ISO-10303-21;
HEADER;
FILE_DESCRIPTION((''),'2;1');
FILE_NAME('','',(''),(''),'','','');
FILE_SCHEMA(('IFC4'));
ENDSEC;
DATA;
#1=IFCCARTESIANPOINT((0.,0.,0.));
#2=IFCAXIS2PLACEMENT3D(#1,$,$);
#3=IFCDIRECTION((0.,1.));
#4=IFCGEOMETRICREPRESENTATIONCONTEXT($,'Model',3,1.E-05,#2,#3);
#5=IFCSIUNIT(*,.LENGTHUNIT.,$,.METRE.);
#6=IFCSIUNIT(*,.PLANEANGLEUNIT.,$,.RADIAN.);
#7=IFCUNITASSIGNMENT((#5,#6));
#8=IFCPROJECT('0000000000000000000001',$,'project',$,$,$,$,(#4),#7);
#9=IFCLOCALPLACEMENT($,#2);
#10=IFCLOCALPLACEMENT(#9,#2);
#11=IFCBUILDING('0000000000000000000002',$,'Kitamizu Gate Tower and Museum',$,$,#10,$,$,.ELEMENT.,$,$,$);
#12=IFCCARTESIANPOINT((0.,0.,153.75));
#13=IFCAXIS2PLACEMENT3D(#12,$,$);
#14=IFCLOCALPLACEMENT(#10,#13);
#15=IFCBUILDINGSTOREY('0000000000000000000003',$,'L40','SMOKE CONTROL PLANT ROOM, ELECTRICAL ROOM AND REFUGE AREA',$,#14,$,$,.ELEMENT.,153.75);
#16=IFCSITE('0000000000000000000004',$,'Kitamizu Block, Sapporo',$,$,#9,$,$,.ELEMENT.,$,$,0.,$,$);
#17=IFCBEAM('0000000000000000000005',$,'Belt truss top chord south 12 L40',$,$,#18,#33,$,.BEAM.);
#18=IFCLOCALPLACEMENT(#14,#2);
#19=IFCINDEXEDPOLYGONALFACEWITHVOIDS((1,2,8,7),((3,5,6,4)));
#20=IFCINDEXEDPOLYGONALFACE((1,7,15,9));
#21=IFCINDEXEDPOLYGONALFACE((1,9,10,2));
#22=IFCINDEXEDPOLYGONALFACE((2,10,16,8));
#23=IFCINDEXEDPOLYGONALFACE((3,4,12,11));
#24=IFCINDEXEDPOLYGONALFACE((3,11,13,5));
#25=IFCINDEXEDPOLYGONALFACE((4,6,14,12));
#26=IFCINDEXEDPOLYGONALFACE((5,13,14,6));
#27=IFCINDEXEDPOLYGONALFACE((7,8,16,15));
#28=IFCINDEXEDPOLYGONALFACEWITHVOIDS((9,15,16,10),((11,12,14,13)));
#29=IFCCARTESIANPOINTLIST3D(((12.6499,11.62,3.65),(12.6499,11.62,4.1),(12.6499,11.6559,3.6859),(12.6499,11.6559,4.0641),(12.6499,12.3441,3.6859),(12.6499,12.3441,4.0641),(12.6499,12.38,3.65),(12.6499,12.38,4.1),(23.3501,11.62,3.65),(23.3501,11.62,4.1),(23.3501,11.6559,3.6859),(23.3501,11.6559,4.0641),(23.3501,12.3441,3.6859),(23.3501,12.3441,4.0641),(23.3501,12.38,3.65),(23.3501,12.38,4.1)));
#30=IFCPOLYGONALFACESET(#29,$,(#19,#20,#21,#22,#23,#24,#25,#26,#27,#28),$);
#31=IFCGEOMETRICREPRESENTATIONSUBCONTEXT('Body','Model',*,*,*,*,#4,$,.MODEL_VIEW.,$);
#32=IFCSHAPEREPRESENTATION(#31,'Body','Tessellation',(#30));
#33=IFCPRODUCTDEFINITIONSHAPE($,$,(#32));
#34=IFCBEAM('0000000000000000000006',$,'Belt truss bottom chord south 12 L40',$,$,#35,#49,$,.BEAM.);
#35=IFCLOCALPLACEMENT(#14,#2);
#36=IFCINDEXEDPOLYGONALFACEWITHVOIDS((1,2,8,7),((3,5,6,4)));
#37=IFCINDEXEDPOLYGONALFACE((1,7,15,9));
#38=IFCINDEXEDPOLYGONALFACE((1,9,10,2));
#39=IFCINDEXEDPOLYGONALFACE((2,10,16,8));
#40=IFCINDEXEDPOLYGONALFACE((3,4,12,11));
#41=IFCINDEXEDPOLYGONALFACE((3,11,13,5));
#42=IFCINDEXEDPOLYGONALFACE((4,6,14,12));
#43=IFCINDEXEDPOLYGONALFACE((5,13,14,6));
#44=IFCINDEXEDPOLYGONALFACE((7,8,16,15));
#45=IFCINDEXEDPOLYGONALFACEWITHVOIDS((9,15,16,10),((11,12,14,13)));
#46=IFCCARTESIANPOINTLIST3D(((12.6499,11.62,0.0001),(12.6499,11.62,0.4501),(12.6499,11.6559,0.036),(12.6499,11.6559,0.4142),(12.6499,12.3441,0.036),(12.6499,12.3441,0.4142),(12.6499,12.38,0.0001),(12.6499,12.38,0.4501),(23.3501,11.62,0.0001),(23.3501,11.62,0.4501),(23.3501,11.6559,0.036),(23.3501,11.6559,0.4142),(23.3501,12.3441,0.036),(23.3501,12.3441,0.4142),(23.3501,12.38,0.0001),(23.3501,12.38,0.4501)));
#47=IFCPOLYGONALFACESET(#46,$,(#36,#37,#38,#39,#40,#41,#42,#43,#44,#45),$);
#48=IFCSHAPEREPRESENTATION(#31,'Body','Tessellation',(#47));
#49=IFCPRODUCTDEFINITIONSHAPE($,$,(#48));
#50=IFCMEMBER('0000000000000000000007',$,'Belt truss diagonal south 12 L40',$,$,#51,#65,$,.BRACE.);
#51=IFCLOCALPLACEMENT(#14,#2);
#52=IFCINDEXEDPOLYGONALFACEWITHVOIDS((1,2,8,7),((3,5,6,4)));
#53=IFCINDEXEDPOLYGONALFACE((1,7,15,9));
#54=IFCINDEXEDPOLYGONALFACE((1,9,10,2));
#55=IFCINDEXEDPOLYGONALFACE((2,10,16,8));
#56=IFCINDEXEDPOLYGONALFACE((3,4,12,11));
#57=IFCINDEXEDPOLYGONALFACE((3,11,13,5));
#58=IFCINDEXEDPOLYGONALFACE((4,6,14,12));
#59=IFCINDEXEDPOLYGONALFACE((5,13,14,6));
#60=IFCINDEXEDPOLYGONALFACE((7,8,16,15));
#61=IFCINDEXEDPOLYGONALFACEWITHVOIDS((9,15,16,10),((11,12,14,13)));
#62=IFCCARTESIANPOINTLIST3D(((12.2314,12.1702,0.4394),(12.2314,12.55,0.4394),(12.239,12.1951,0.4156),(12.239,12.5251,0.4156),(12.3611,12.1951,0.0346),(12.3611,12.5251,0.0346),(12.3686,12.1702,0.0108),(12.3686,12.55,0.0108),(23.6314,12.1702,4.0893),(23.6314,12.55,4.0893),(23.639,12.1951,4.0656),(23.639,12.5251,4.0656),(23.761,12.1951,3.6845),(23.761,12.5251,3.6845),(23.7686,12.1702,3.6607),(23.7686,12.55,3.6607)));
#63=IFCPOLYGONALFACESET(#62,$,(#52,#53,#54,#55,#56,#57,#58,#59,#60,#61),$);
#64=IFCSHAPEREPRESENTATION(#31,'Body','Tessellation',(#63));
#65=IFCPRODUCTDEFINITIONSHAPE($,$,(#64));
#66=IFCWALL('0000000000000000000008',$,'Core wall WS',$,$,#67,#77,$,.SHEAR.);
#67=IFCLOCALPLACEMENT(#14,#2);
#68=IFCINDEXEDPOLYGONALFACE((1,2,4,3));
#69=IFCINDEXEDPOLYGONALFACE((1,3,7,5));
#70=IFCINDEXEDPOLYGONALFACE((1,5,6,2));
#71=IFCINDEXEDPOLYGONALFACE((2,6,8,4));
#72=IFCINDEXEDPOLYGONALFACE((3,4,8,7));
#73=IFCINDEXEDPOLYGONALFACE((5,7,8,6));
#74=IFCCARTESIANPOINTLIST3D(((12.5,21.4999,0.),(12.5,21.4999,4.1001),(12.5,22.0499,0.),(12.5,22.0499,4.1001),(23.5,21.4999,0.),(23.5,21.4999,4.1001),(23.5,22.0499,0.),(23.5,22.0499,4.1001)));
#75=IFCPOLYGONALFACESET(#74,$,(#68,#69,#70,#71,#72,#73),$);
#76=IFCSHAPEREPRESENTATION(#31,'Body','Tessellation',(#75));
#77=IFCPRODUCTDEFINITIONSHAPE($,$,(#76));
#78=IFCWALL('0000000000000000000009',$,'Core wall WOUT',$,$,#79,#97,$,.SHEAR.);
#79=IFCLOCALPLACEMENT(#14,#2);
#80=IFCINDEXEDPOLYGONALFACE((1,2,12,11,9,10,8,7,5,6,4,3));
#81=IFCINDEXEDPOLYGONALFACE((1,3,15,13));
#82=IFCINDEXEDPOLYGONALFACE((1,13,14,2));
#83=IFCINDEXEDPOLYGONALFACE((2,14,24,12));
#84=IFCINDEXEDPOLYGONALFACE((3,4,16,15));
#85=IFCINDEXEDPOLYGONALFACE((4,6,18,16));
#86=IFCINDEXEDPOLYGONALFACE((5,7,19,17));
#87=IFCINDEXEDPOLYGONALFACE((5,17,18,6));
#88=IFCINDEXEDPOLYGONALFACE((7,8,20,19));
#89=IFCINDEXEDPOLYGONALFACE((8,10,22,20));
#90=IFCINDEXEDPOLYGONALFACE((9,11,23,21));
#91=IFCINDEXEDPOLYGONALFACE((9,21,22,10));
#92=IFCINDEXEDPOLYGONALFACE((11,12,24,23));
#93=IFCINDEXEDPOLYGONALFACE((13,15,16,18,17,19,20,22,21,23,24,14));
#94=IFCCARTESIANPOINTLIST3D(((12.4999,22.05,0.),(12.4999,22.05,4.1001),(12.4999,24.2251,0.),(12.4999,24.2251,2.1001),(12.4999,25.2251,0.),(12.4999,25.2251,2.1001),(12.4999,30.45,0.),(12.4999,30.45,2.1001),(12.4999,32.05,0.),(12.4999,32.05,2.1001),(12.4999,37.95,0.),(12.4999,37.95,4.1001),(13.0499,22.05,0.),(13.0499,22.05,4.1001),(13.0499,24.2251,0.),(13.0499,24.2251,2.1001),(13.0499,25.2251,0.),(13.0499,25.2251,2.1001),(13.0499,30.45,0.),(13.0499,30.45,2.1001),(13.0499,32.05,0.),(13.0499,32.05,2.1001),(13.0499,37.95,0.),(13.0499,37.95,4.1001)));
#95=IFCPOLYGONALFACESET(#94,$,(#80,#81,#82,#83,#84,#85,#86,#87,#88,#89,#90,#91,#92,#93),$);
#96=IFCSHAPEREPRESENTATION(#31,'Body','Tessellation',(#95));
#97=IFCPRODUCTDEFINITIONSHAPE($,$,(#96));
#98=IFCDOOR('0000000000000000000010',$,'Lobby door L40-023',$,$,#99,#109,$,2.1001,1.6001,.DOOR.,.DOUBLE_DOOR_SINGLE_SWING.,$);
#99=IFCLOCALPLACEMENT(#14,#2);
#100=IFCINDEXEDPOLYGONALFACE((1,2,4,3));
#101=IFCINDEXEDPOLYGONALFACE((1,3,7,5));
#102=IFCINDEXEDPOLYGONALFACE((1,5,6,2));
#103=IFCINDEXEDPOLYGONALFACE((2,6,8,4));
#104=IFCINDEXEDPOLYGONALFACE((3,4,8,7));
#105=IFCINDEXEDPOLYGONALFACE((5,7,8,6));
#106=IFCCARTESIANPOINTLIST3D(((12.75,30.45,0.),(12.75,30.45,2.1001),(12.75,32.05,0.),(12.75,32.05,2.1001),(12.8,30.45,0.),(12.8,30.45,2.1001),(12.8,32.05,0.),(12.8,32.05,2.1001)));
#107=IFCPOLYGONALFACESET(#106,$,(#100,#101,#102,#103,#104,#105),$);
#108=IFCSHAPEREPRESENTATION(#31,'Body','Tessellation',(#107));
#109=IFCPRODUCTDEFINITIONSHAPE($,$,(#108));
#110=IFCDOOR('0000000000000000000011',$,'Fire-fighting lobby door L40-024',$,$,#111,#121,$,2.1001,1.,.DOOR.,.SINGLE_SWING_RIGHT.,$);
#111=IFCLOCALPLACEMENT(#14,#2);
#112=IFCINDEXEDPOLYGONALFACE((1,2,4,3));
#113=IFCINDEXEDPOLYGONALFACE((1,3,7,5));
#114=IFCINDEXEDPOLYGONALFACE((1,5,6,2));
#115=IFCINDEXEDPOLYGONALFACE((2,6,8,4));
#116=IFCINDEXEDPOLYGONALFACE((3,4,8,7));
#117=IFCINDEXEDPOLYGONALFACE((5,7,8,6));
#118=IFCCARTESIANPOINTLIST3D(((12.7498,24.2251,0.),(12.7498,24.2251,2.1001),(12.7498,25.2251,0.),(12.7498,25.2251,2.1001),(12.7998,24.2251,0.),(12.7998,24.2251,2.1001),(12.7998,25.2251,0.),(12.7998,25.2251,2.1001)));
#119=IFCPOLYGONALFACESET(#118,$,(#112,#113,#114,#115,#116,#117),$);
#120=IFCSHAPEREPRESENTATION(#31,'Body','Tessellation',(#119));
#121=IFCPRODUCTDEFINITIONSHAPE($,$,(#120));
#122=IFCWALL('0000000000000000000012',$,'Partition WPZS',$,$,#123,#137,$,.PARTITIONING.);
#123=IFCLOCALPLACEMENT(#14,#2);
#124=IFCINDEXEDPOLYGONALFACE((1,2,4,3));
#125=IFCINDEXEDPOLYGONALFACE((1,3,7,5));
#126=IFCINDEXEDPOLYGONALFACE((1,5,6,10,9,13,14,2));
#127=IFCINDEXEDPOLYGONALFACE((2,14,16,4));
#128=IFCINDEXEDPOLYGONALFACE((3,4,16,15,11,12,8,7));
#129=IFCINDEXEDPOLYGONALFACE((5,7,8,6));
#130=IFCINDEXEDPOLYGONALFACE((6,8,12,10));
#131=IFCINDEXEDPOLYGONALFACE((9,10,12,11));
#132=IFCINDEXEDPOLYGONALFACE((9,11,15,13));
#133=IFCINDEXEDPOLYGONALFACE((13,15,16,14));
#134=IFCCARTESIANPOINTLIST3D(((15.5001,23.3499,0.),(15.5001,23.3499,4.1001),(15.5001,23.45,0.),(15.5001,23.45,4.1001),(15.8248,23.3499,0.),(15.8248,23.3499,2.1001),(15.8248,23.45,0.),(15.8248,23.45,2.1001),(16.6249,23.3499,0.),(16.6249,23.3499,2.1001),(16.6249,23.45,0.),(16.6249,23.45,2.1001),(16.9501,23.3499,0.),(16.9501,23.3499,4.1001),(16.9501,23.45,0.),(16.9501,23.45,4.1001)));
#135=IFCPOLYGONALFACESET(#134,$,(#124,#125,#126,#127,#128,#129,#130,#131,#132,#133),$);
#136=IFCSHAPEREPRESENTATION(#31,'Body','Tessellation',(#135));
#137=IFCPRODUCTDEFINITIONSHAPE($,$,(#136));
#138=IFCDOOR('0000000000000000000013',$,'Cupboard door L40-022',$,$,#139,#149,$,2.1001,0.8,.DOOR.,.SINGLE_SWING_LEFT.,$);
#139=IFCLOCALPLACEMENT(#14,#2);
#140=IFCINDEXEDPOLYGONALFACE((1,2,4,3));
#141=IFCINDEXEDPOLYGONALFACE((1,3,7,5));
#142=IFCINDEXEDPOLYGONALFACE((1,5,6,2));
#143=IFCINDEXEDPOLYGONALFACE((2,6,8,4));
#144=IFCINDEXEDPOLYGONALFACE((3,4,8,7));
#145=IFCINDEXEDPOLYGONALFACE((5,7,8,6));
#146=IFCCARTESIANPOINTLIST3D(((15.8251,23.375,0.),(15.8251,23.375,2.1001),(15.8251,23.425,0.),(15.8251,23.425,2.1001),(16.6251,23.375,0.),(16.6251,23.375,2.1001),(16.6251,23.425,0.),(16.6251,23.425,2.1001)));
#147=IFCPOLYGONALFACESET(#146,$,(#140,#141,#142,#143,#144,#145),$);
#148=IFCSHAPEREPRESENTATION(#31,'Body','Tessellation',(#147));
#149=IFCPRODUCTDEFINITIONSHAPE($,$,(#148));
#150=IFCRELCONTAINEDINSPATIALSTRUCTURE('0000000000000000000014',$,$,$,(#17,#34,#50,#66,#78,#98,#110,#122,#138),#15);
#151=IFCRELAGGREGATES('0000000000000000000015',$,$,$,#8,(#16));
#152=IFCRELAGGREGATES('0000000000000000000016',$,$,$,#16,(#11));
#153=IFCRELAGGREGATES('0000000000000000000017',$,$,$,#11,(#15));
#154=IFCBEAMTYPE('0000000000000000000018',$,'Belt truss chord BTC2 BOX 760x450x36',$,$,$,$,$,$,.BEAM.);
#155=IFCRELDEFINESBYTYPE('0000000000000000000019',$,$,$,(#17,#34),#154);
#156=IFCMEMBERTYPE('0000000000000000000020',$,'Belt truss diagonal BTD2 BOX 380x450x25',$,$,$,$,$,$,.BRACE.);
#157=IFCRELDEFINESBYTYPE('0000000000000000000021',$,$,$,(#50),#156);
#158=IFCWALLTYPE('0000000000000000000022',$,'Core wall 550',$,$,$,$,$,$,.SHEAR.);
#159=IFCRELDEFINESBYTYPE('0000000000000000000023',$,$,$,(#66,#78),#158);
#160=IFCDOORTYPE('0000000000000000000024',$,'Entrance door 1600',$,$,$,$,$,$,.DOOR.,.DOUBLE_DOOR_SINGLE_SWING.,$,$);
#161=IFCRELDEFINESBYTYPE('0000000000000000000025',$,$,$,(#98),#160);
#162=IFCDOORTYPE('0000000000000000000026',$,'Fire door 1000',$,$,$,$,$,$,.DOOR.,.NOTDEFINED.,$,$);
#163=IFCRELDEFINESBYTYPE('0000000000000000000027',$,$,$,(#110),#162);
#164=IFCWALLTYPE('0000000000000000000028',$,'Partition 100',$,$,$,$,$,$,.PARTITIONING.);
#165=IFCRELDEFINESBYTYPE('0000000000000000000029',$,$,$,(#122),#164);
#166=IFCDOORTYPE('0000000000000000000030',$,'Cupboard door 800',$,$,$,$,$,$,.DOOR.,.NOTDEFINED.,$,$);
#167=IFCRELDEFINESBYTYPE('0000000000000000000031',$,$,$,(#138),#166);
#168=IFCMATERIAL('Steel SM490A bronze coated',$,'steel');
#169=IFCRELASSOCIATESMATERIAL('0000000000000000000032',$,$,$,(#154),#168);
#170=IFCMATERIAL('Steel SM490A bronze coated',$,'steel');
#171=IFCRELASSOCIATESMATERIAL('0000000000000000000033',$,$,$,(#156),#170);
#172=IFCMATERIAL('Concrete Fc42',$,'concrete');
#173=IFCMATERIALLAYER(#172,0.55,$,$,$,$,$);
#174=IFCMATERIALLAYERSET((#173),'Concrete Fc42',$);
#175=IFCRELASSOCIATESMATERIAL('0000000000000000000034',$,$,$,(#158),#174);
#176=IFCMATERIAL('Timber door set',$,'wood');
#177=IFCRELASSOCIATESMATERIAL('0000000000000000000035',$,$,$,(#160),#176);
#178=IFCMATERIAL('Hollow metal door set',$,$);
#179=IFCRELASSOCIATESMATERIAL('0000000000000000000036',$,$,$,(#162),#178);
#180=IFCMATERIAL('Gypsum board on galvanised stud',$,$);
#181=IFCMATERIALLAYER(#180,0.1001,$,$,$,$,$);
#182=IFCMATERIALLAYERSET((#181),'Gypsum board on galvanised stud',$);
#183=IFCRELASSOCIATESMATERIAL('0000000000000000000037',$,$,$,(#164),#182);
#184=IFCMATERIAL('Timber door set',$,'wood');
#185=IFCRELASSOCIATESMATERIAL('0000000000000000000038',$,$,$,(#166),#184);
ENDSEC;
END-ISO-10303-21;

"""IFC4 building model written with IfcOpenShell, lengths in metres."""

from ifc_helpers import new_model, si_unit, direction, frame, frame_2d, origin, origin_2d, place, context, subcontext, project, spatial, rectangle, hollow_rectangle, extrude, material, layer, layer_set, material_profile, profile_set, type_object, element, fill, save


model = new_model("IFC4")

# Units and contexts
model_context = context("Model", 3, precision=1e-05, world=origin(), true_north=direction((0.0, 1.0)))
body_context = subcontext(model_context, "Body", "Model", "MODEL_VIEW")
ifc_project = project(units=[si_unit("LENGTHUNIT", "METRE"), si_unit("PLANEANGLEUNIT", "RADIAN")], contexts=[model_context])

# Site, building, storey
site_placement = place(None, origin())
site = spatial("IfcSite", under=ifc_project, at=site_placement, Name="Kitamizu Block, Sapporo", CompositionType="ELEMENT", RefElevation=0.0)
building_placement = place(site_placement, origin())
building = spatial("IfcBuilding", under=site, at=building_placement, Name="Kitamizu Gate Tower and Museum", CompositionType="ELEMENT")
storey_placement = place(building_placement, frame((0.0, 0.0, 153.75)))
storey = spatial("IfcBuildingStorey", under=building, at=storey_placement, Name="L40", Description="SMOKE CONTROL PLANT ROOM, ELECTRICAL ROOM AND REFUGE AREA", CompositionType="ELEMENT", Elevation=153.75)

# Beams
ifc_material_1 = material(Name="Steel SM490A bronze coated", Category="steel")
ifc_material_profile_1 = material_profile(ifc_material_1, hollow_rectangle(XDim=0.76, YDim=0.45, WallThickness=0.0359, at=origin_2d()), Name="BOX 760x450x36")
ifc_profile_set_1 = profile_set([ifc_material_profile_1], Name="Steel SM490A bronze coated")
beam_type = type_object("IfcBeamType", Name="Belt truss chord BTC2 BOX 760x450x36", PredefinedType="BEAM", material=ifc_profile_set_1)
for number, where, z_axis, x_axis, name in (
    (1, (12.6499, 12.0, 3.875), (1.0, 0.0, 0.0), (0.0, 1.0, 0.0), "Belt truss top chord south 12 L40"),
    (2, (12.6499, 12.0, 0.2251), (1.0, 0.0, 0.0), (0.0, 1.0, 0.0), "Belt truss bottom chord south 12 L40"),
):
    element("IfcBeam", number, at=place(storey_placement, frame(where, z_axis=z_axis, x_axis=x_axis)), inside=storey, type_object=beam_type, Name=name, PredefinedType="BEAM", context=body_context, shape_type="SweptSolid", body=[
        extrude(hollow_rectangle(XDim=0.76, YDim=0.45, WallThickness=0.0359, at=origin_2d()), origin(), (0.0, 0.0, 1.0), 10.7002),
    ])

# Member
ifc_material_2 = material(Name="Steel SM490A bronze coated", Category="steel")
ifc_material_profile_2 = material_profile(ifc_material_2, hollow_rectangle(XDim=0.3799, YDim=0.45, WallThickness=0.0249, at=origin_2d()), Name="BOX 380x450x25")
ifc_profile_set_2 = profile_set([ifc_material_profile_2], Name="Steel SM490A bronze coated")
member_type = type_object("IfcMemberType", Name="Belt truss diagonal BTD2 BOX 380x450x25", PredefinedType="BRACE", material=ifc_profile_set_2)
member_placement = place(storey_placement, frame((12.3, 12.3601, 0.2251), z_axis=(0.952377, 0.0, 0.304922), x_axis=(0.0, 1.0, 0.0)))
element("IfcMember", 3, at=member_placement, inside=storey, type_object=member_type, Name="Belt truss diagonal south 12 L40", PredefinedType="BRACE", context=body_context, shape_type="SweptSolid", body=[
    extrude(hollow_rectangle(XDim=0.3799, YDim=0.45, WallThickness=0.0249, at=origin_2d()), origin(), (0.0, 0.0, 1.0), 11.97),
])

# Wall
ifc_material_3 = material(Name="Concrete Fc42", Category="concrete")
ifc_layer_1 = layer(ifc_material_3, 0.55)
ifc_layer_set_1 = layer_set([ifc_layer_1], Name="Concrete Fc42")
wall_type_1 = type_object("IfcWallType", Name="Core wall 550", PredefinedType="SHEAR", material=ifc_layer_set_1)
wall_1_placement = place(storey_placement, frame((12.5, 21.7749, 0.0), z_axis=(0.0, 0.0, 1.0), x_axis=(1.0, 0.0, 0.0)))
element("IfcWall", 4, at=wall_1_placement, inside=storey, type_object=wall_type_1, Name="Core wall WS", PredefinedType="SHEAR", context=body_context, shape_type="SweptSolid", body=[
    extrude(rectangle(XDim=11.0, YDim=0.55, at=frame_2d((5.5, 0.0))), origin(), (0.0, 0.0, 1.0), 4.1001),
])

# Wall, openings, doors
wall_2_placement = place(storey_placement, frame((12.7749, 22.05, 0.0), z_axis=(0.0, 0.0, 1.0), x_axis=(0.0, 1.0, 0.0)))
wall_2 = element("IfcWall", 5, at=wall_2_placement, inside=storey, type_object=wall_type_1, Name="Core wall WOUT", PredefinedType="SHEAR", context=body_context, shape_type="SweptSolid", body=[
    extrude(rectangle(XDim=15.8999, YDim=0.55, at=frame_2d((7.95, 0.0))), origin(), (0.0, 0.0, 1.0), 4.1001),
])
opening_1_placement = place(wall_2_placement, frame((8.3999, 0.0, 0.0)))
opening_1 = element("IfcOpeningElement", 6, at=opening_1_placement, cuts=wall_2, PredefinedType="OPENING", context=body_context, shape_type="SweptSolid", body=[
    extrude(rectangle(XDim=1.6001, YDim=2.1001, at=frame_2d((0.8, 1.05))), frame((0.0, 0.2852, 0.0), z_axis=(0.0, -1.0, 0.0), x_axis=(1.0, 0.0, 0.0)), (0.0, 0.0, 1.0), 0.5701),
])
opening_2_placement = place(wall_2_placement, frame((2.175, 0.0, 0.0)))
opening_2 = element("IfcOpeningElement", 7, at=opening_2_placement, cuts=wall_2, PredefinedType="OPENING", context=body_context, shape_type="SweptSolid", body=[
    extrude(rectangle(XDim=1.0, YDim=2.1001, at=frame_2d((0.5, 1.05))), frame((0.0, 0.2852, 0.0), z_axis=(0.0, -1.0, 0.0), x_axis=(1.0, 0.0, 0.0)), (0.0, 0.0, 1.0), 0.5701),
])
ifc_material_4 = material(Name="Timber door set", Category="wood")
door_type_1 = type_object("IfcDoorType", Name="Entrance door 1600", OperationType="DOUBLE_DOOR_SINGLE_SWING", PredefinedType="DOOR", material=ifc_material_4)
door_1_placement = place(opening_1_placement, origin())
door_1 = element("IfcDoor", 8, at=door_1_placement, inside=storey, type_object=door_type_1, Name="Lobby door L40-023", OperationType="DOUBLE_DOOR_SINGLE_SWING", OverallHeight=2.1001, OverallWidth=1.6001, PredefinedType="DOOR", context=body_context, shape_type="SweptSolid", body=[
    extrude(rectangle(XDim=1.6001, YDim=2.1001, at=frame_2d((0.8, 1.05))), frame((0.0, 0.0249, 0.0), z_axis=(0.0, -1.0, 0.0), x_axis=(1.0, 0.0, 0.0)), (0.0, 0.0, 1.0), 0.05),
])
fill(opening_1, door_1)
ifc_material_5 = material(Name="Hollow metal door set")
door_type_2 = type_object("IfcDoorType", Name="Fire door 1000", OperationType="NOTDEFINED", PredefinedType="DOOR", material=ifc_material_5)
door_2_placement = place(opening_2_placement, frame((1.0, 0.0, 0.0), x_axis=(-1.0, 0.0, 0.0)))
door_2 = element("IfcDoor", 9, at=door_2_placement, inside=storey, type_object=door_type_2, Name="Fire-fighting lobby door L40-024", OperationType="SINGLE_SWING_RIGHT", OverallHeight=2.1001, OverallWidth=1.0, PredefinedType="DOOR", context=body_context, shape_type="SweptSolid", body=[
    extrude(rectangle(XDim=1.0, YDim=2.1001, at=frame_2d((0.5, 1.05))), frame((0.0, 0.0249, 0.0), z_axis=(0.0, -1.0, 0.0), x_axis=(1.0, 0.0, 0.0)), (0.0, 0.0, 1.0), 0.05),
])
fill(opening_2, door_2)

# Wall, opening, door
ifc_material_6 = material(Name="Gypsum board on galvanised stud")
ifc_layer_2 = layer(ifc_material_6, 0.1001)
ifc_layer_set_2 = layer_set([ifc_layer_2], Name="Gypsum board on galvanised stud")
wall_type_2 = type_object("IfcWallType", Name="Partition 100", PredefinedType="PARTITIONING", material=ifc_layer_set_2)
wall_3_placement = place(storey_placement, frame((15.5, 23.3999, 0.0), z_axis=(0.0, 0.0, 1.0), x_axis=(1.0, 0.0, 0.0)))
wall_3 = element("IfcWall", 10, at=wall_3_placement, inside=storey, type_object=wall_type_2, Name="Partition WPZS", PredefinedType="PARTITIONING", context=body_context, shape_type="SweptSolid", body=[
    extrude(rectangle(XDim=1.45, YDim=0.1001, at=frame_2d((0.7251, 0.0))), origin(), (0.0, 0.0, 1.0), 4.1001),
])
opening_3_placement = place(wall_3_placement, frame((0.325, 0.0, 0.0)))
opening_3 = element("IfcOpeningElement", 11, at=opening_3_placement, cuts=wall_3, PredefinedType="OPENING", context=body_context, shape_type="SweptSolid", body=[
    extrude(rectangle(XDim=0.8, YDim=2.1001, at=frame_2d((0.3999, 1.05))), frame((0.0, 0.0601, 0.0), z_axis=(0.0, -1.0, 0.0), x_axis=(1.0, 0.0, 0.0)), (0.0, 0.0, 1.0), 0.1201),
])
ifc_material_7 = material(Name="Timber door set", Category="wood")
door_type_3 = type_object("IfcDoorType", Name="Cupboard door 800", OperationType="NOTDEFINED", PredefinedType="DOOR", material=ifc_material_7)
door_3_placement = place(opening_3_placement, frame((0.8, 0.0, 0.0), x_axis=(-1.0, 0.0, 0.0)))
door_3 = element("IfcDoor", 12, at=door_3_placement, inside=storey, type_object=door_type_3, Name="Cupboard door L40-022", OperationType="SINGLE_SWING_LEFT", OverallHeight=2.1001, OverallWidth=0.8, PredefinedType="DOOR", context=body_context, shape_type="SweptSolid", body=[
    extrude(rectangle(XDim=0.8, YDim=2.1001, at=frame_2d((0.3999, 1.05))), frame((0.0, 0.0249, 0.0), z_axis=(0.0, -1.0, 0.0), x_axis=(1.0, 0.0, 0.0)), (0.0, 0.0, 1.0), 0.05),
])
fill(opening_3, door_3)

save(model, "model.ifc")
